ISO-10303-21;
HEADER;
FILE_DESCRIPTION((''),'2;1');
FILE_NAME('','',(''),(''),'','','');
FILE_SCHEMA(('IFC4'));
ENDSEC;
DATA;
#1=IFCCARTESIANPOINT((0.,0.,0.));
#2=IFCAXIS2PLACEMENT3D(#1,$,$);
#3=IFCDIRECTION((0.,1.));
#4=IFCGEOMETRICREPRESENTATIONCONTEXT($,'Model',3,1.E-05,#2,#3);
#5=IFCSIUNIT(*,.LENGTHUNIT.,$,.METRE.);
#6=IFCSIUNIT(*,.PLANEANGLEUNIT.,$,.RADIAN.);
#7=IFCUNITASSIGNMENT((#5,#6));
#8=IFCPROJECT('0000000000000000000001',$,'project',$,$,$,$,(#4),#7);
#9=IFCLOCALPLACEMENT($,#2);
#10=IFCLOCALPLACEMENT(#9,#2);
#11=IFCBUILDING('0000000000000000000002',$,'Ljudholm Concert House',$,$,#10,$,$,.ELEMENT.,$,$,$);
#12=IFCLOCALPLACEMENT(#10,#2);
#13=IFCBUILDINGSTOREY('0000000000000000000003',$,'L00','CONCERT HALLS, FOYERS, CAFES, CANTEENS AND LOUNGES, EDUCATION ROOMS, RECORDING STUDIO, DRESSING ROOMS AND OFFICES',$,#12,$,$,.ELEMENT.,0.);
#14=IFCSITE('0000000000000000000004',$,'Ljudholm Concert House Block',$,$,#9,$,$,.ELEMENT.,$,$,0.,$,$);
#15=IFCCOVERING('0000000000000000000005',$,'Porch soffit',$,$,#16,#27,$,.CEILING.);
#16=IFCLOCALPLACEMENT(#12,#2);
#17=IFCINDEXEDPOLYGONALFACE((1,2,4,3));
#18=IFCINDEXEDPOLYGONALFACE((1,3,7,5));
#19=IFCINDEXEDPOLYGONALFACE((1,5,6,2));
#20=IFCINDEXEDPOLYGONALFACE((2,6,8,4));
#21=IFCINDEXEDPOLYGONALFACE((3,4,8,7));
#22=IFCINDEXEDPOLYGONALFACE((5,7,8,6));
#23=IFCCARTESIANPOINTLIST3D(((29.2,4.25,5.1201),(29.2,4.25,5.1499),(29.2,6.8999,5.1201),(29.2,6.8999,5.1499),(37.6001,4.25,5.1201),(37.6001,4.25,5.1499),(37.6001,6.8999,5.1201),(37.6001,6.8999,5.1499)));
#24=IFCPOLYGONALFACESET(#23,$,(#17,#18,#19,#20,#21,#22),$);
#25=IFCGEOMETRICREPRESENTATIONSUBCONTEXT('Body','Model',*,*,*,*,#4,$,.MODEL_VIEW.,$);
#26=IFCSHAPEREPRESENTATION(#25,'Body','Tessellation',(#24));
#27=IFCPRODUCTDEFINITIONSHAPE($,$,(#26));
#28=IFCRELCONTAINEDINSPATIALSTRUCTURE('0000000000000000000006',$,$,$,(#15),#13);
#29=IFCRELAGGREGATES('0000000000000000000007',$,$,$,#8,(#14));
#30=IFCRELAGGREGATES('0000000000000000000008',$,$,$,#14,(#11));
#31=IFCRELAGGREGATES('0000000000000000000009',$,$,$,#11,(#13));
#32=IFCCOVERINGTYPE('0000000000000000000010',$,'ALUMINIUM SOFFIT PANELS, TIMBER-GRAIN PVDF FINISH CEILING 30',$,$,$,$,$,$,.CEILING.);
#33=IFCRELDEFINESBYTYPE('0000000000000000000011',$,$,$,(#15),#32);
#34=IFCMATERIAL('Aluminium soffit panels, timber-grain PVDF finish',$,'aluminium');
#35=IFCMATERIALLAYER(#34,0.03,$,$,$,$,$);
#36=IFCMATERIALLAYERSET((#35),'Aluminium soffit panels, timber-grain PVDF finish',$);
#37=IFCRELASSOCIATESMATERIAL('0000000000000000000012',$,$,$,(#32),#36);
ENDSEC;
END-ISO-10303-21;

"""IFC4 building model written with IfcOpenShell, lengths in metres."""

from ifc_helpers import new_model, si_unit, direction, frame, origin, place, context, subcontext, project, spatial, polyline, outline, extrude, material, layer, layer_set, type_object, element, save


model = new_model("IFC4")

# Units and contexts
model_context = context("Model", 3, precision=1e-05, world=origin(), true_north=direction((0.0, 1.0)))
body_context = subcontext(model_context, "Body", "Model", "MODEL_VIEW")
ifc_project = project(units=[si_unit("LENGTHUNIT", "METRE"), si_unit("PLANEANGLEUNIT", "RADIAN")], contexts=[model_context])

# Site, building, storey
site_placement = place(None, origin())
site = spatial("IfcSite", under=ifc_project, at=site_placement, Name="Ljudholm Concert House Block", CompositionType="ELEMENT", RefElevation=0.0)
building_placement = place(site_placement, origin())
building = spatial("IfcBuilding", under=site, at=building_placement, Name="Ljudholm Concert House", CompositionType="ELEMENT")
storey_placement = place(building_placement, origin())
storey = spatial("IfcBuildingStorey", under=building, at=storey_placement, Name="L00", Description="CONCERT HALLS, FOYERS, CAFES, CANTEENS AND LOUNGES, EDUCATION ROOMS, RECORDING STUDIO, DRESSING ROOMS AND OFFICES", CompositionType="ELEMENT", Elevation=0.0)

# Covering
ifc_material_1 = material(Name="Aluminium soffit panels, timber-grain PVDF finish", Category="aluminium")
ifc_layer_1 = layer(ifc_material_1, 0.03)
ifc_layer_set_1 = layer_set([ifc_layer_1], Name="Aluminium soffit panels, timber-grain PVDF finish")
covering_type_1 = type_object("IfcCoveringType", Name="ALUMINIUM SOFFIT PANELS, TIMBER-GRAIN PVDF FINISH CEILING 30", PredefinedType="CEILING", material=ifc_layer_set_1)
covering_1_placement = place(storey_placement, frame((0.0, 0.0, 5.1201)))
element("IfcCovering", 1, at=covering_1_placement, inside=storey, type_object=covering_type_1, Name="Porch soffit", PredefinedType="CEILING", context=body_context, shape_type="SweptSolid", body=[
    extrude(outline(polyline([(29.2, 4.25), (37.6001, 4.25), (37.6001, 6.8999), (29.2, 6.8999), (29.2, 4.25)])), origin(), (0.0, 0.0, 1.0), 0.0298),
])

save(model, "model.ifc")
